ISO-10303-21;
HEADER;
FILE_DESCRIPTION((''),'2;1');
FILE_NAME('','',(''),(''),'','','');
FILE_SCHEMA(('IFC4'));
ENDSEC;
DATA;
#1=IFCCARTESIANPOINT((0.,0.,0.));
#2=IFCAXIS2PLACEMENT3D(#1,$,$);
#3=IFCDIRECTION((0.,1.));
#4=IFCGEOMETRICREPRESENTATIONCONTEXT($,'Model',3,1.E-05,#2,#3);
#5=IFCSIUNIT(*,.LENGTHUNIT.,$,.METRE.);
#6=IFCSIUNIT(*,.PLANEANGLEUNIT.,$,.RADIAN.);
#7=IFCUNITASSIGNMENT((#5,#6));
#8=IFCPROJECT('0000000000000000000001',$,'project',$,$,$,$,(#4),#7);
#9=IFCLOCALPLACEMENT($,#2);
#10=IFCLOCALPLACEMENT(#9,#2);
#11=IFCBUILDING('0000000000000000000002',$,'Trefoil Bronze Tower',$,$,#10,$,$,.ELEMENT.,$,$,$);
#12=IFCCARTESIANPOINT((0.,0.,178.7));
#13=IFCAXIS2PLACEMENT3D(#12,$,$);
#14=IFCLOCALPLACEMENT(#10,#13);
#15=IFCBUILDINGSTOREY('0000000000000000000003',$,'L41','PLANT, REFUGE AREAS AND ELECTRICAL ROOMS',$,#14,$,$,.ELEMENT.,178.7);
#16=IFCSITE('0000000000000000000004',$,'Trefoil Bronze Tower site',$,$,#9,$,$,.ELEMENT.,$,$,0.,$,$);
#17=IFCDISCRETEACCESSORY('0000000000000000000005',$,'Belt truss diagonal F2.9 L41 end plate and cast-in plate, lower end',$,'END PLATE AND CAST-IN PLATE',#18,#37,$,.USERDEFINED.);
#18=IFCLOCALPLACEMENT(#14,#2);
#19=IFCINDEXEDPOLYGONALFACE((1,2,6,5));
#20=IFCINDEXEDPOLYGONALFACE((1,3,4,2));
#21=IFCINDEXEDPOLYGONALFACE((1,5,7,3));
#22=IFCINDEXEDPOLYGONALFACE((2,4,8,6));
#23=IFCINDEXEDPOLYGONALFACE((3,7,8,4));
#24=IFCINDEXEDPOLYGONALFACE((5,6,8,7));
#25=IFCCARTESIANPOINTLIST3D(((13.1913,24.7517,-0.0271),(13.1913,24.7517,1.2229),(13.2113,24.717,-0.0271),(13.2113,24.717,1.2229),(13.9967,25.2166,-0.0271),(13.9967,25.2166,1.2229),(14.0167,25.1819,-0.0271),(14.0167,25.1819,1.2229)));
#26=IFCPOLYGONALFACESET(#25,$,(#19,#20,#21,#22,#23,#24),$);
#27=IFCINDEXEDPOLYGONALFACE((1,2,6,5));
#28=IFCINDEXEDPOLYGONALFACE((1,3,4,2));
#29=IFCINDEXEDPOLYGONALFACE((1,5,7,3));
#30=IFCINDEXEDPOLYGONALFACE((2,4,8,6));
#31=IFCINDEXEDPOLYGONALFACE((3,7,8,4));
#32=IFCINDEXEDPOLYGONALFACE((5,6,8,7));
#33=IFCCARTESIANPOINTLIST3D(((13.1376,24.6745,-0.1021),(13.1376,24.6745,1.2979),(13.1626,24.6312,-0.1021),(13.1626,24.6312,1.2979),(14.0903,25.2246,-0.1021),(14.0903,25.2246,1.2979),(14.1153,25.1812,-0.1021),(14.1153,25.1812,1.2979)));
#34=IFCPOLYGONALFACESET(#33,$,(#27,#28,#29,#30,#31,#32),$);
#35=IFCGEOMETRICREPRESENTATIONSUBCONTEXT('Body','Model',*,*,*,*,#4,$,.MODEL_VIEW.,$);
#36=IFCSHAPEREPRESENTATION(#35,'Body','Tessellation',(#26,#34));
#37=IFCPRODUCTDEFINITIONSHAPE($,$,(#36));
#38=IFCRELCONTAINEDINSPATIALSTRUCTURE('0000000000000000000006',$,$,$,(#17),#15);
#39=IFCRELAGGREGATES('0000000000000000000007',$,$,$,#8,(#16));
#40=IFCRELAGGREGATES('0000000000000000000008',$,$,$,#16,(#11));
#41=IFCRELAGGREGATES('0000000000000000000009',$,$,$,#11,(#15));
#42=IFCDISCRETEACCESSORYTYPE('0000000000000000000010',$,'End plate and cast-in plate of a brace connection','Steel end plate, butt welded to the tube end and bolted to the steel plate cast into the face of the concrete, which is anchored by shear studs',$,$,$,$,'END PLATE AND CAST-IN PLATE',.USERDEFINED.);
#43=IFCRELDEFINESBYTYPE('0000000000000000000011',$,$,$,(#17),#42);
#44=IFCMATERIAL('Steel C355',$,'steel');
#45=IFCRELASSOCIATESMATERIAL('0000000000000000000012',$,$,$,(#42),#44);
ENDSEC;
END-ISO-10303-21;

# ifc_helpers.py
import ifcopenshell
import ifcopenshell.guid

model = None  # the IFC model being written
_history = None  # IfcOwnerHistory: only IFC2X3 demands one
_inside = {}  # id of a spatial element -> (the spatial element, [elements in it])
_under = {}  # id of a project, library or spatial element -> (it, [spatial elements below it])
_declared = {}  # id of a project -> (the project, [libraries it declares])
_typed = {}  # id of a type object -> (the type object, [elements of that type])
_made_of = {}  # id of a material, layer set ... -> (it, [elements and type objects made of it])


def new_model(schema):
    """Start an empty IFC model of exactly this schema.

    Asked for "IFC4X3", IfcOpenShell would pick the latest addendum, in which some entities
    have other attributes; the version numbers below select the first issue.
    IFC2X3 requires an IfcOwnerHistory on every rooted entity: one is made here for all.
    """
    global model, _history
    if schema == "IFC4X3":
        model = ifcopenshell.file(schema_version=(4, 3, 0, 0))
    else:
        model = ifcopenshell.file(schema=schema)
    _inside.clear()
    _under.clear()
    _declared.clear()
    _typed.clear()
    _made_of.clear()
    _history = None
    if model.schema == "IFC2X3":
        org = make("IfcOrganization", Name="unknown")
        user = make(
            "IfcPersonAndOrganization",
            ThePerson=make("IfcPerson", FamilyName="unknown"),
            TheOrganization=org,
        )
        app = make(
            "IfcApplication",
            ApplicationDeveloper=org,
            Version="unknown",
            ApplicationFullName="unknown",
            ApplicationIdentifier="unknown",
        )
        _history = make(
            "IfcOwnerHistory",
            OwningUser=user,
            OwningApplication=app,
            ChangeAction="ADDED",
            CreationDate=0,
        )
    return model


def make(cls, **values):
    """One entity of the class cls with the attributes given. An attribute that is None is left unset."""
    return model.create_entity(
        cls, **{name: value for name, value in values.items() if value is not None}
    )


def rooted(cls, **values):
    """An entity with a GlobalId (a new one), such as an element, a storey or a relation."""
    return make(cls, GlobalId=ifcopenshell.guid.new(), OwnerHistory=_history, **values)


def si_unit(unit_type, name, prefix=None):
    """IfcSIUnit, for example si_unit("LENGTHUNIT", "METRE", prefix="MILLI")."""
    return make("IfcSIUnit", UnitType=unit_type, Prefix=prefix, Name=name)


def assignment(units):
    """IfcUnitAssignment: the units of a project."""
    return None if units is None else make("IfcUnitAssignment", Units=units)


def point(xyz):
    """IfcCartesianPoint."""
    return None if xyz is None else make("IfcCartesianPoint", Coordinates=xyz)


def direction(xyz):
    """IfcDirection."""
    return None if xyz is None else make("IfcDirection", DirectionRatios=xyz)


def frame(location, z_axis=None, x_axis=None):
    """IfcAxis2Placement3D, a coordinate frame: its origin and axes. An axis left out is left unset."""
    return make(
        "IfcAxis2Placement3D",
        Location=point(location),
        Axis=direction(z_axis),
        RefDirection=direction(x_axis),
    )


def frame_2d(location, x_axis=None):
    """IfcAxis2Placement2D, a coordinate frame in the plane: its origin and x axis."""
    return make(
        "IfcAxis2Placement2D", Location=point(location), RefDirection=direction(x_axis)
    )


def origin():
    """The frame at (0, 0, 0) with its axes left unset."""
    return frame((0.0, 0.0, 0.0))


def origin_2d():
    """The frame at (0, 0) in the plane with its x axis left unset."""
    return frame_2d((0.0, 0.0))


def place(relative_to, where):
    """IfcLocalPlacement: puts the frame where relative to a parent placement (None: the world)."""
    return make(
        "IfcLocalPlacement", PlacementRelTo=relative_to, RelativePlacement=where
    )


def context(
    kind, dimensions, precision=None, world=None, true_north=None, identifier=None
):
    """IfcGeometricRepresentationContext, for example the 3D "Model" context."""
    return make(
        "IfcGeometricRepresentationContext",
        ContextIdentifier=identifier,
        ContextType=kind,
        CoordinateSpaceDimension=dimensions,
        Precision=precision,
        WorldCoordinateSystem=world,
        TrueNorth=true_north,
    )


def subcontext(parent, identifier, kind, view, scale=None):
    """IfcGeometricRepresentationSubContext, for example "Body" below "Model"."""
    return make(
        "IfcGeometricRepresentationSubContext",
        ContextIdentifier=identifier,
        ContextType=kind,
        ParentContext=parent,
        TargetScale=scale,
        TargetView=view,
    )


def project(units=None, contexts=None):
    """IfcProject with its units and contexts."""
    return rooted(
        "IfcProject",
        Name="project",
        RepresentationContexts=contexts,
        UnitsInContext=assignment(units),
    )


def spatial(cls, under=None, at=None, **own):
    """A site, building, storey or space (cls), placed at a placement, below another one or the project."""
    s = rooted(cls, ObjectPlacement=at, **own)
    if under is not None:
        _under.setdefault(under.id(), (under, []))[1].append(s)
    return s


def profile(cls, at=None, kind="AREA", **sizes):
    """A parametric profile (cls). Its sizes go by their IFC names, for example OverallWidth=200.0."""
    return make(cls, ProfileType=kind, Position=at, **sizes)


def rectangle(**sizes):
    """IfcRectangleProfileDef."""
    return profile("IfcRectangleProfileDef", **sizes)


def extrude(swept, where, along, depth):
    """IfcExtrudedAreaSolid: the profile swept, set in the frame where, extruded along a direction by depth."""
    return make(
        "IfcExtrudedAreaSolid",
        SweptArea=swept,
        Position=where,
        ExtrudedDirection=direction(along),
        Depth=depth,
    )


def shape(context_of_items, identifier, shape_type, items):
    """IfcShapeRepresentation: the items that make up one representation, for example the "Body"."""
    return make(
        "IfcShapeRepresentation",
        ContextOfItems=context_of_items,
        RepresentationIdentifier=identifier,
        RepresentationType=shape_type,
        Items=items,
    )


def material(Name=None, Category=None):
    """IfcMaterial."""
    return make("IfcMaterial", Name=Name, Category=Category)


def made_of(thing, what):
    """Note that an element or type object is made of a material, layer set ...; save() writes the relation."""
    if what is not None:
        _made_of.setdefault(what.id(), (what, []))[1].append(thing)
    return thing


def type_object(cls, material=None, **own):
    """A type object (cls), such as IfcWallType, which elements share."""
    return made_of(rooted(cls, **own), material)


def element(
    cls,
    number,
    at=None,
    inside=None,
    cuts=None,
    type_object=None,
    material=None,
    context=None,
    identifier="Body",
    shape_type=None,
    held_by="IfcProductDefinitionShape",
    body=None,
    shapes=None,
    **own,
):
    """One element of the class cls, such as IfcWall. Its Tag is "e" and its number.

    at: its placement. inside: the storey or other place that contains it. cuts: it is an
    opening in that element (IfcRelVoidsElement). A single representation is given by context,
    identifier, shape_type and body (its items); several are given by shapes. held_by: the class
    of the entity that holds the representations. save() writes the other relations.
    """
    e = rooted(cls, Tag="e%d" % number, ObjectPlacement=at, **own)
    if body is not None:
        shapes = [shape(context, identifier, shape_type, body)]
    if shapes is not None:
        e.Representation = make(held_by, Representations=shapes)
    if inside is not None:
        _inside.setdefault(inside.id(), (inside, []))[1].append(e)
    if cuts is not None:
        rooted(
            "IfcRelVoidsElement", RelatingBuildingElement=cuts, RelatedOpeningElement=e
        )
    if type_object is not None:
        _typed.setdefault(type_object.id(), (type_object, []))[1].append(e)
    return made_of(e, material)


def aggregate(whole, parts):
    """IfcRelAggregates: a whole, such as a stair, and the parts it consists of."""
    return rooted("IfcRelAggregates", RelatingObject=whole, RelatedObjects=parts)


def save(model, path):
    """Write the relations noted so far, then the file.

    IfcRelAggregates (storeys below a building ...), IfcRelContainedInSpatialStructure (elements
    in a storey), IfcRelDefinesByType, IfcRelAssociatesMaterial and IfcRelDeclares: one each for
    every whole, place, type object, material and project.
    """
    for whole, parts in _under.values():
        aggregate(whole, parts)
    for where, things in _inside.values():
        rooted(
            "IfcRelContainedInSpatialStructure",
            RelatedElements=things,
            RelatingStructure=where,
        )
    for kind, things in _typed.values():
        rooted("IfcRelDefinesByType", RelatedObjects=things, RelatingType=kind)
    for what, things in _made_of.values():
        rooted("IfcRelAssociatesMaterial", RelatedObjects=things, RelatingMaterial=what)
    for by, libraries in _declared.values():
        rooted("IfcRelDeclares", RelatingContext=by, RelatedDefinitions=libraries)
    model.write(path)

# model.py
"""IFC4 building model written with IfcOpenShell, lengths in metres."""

from ifc_helpers import new_model, si_unit, direction, frame, origin, origin_2d, place, context, subcontext, project, spatial, rectangle, extrude, material, type_object, element, save


model = new_model("IFC4")

# Units and contexts
model_context = context("Model", 3, precision=1e-05, world=origin(), true_north=direction((0.0, 1.0)))
body_context = subcontext(model_context, "Body", "Model", "MODEL_VIEW")
ifc_project = project(units=[si_unit("LENGTHUNIT", "METRE"), si_unit("PLANEANGLEUNIT", "RADIAN")], contexts=[model_context])

# Site, building, storey
site_placement = place(None, origin())
site = spatial("IfcSite", under=ifc_project, at=site_placement, Name="Trefoil Bronze Tower site", CompositionType="ELEMENT", RefElevation=0.0)
building_placement = place(site_placement, origin())
building = spatial("IfcBuilding", under=site, at=building_placement, Name="Trefoil Bronze Tower", CompositionType="ELEMENT")
storey_placement = place(building_placement, frame((0.0, 0.0, 178.7)))
storey = spatial("IfcBuildingStorey", under=building, at=storey_placement, Name="L41", Description="PLANT, REFUGE AREAS AND ELECTRICAL ROOMS", CompositionType="ELEMENT", Elevation=178.7)

# Discrete accessory
ifc_material_1 = material(Name="Steel C355", Category="steel")
discrete_accessory_type = type_object("IfcDiscreteAccessoryType", Name="End plate and cast-in plate of a brace connection", Description="Steel end plate, butt welded to the tube end and bolted to the steel plate cast into the face of the concrete, which is anchored by shear studs", ElementType="END PLATE AND CAST-IN PLATE", PredefinedType="USERDEFINED", material=ifc_material_1)
for number, where, z_axis, x_axis, name in (
    (1, (13.614, 24.9495, 0.5979), (0.0, 0.0, 1.0), (-0.5, 0.866025, 0.0), "Belt truss diagonal F2.9 L41 end plate and cast-in plate, lower end"),
):
    element("IfcDiscreteAccessory", number, at=place(storey_placement, frame(where, z_axis=z_axis, x_axis=x_axis)), inside=storey, type_object=discrete_accessory_type, Name=name, ObjectType="END PLATE AND CAST-IN PLATE", PredefinedType="USERDEFINED", context=body_context, shape_type="SweptSolid", body=[
        extrude(rectangle(XDim=0.04, YDim=0.9299, at=origin_2d()), frame((0.02, 0.0, -0.625)), (0.0, 0.0, 1.0), 1.25),
        extrude(rectangle(XDim=0.05, YDim=1.1001, at=origin_2d()), frame((-0.0249, 0.0, -0.7)), (0.0, 0.0, 1.0), 1.3999),
    ])

save(model, "model.ifc")
